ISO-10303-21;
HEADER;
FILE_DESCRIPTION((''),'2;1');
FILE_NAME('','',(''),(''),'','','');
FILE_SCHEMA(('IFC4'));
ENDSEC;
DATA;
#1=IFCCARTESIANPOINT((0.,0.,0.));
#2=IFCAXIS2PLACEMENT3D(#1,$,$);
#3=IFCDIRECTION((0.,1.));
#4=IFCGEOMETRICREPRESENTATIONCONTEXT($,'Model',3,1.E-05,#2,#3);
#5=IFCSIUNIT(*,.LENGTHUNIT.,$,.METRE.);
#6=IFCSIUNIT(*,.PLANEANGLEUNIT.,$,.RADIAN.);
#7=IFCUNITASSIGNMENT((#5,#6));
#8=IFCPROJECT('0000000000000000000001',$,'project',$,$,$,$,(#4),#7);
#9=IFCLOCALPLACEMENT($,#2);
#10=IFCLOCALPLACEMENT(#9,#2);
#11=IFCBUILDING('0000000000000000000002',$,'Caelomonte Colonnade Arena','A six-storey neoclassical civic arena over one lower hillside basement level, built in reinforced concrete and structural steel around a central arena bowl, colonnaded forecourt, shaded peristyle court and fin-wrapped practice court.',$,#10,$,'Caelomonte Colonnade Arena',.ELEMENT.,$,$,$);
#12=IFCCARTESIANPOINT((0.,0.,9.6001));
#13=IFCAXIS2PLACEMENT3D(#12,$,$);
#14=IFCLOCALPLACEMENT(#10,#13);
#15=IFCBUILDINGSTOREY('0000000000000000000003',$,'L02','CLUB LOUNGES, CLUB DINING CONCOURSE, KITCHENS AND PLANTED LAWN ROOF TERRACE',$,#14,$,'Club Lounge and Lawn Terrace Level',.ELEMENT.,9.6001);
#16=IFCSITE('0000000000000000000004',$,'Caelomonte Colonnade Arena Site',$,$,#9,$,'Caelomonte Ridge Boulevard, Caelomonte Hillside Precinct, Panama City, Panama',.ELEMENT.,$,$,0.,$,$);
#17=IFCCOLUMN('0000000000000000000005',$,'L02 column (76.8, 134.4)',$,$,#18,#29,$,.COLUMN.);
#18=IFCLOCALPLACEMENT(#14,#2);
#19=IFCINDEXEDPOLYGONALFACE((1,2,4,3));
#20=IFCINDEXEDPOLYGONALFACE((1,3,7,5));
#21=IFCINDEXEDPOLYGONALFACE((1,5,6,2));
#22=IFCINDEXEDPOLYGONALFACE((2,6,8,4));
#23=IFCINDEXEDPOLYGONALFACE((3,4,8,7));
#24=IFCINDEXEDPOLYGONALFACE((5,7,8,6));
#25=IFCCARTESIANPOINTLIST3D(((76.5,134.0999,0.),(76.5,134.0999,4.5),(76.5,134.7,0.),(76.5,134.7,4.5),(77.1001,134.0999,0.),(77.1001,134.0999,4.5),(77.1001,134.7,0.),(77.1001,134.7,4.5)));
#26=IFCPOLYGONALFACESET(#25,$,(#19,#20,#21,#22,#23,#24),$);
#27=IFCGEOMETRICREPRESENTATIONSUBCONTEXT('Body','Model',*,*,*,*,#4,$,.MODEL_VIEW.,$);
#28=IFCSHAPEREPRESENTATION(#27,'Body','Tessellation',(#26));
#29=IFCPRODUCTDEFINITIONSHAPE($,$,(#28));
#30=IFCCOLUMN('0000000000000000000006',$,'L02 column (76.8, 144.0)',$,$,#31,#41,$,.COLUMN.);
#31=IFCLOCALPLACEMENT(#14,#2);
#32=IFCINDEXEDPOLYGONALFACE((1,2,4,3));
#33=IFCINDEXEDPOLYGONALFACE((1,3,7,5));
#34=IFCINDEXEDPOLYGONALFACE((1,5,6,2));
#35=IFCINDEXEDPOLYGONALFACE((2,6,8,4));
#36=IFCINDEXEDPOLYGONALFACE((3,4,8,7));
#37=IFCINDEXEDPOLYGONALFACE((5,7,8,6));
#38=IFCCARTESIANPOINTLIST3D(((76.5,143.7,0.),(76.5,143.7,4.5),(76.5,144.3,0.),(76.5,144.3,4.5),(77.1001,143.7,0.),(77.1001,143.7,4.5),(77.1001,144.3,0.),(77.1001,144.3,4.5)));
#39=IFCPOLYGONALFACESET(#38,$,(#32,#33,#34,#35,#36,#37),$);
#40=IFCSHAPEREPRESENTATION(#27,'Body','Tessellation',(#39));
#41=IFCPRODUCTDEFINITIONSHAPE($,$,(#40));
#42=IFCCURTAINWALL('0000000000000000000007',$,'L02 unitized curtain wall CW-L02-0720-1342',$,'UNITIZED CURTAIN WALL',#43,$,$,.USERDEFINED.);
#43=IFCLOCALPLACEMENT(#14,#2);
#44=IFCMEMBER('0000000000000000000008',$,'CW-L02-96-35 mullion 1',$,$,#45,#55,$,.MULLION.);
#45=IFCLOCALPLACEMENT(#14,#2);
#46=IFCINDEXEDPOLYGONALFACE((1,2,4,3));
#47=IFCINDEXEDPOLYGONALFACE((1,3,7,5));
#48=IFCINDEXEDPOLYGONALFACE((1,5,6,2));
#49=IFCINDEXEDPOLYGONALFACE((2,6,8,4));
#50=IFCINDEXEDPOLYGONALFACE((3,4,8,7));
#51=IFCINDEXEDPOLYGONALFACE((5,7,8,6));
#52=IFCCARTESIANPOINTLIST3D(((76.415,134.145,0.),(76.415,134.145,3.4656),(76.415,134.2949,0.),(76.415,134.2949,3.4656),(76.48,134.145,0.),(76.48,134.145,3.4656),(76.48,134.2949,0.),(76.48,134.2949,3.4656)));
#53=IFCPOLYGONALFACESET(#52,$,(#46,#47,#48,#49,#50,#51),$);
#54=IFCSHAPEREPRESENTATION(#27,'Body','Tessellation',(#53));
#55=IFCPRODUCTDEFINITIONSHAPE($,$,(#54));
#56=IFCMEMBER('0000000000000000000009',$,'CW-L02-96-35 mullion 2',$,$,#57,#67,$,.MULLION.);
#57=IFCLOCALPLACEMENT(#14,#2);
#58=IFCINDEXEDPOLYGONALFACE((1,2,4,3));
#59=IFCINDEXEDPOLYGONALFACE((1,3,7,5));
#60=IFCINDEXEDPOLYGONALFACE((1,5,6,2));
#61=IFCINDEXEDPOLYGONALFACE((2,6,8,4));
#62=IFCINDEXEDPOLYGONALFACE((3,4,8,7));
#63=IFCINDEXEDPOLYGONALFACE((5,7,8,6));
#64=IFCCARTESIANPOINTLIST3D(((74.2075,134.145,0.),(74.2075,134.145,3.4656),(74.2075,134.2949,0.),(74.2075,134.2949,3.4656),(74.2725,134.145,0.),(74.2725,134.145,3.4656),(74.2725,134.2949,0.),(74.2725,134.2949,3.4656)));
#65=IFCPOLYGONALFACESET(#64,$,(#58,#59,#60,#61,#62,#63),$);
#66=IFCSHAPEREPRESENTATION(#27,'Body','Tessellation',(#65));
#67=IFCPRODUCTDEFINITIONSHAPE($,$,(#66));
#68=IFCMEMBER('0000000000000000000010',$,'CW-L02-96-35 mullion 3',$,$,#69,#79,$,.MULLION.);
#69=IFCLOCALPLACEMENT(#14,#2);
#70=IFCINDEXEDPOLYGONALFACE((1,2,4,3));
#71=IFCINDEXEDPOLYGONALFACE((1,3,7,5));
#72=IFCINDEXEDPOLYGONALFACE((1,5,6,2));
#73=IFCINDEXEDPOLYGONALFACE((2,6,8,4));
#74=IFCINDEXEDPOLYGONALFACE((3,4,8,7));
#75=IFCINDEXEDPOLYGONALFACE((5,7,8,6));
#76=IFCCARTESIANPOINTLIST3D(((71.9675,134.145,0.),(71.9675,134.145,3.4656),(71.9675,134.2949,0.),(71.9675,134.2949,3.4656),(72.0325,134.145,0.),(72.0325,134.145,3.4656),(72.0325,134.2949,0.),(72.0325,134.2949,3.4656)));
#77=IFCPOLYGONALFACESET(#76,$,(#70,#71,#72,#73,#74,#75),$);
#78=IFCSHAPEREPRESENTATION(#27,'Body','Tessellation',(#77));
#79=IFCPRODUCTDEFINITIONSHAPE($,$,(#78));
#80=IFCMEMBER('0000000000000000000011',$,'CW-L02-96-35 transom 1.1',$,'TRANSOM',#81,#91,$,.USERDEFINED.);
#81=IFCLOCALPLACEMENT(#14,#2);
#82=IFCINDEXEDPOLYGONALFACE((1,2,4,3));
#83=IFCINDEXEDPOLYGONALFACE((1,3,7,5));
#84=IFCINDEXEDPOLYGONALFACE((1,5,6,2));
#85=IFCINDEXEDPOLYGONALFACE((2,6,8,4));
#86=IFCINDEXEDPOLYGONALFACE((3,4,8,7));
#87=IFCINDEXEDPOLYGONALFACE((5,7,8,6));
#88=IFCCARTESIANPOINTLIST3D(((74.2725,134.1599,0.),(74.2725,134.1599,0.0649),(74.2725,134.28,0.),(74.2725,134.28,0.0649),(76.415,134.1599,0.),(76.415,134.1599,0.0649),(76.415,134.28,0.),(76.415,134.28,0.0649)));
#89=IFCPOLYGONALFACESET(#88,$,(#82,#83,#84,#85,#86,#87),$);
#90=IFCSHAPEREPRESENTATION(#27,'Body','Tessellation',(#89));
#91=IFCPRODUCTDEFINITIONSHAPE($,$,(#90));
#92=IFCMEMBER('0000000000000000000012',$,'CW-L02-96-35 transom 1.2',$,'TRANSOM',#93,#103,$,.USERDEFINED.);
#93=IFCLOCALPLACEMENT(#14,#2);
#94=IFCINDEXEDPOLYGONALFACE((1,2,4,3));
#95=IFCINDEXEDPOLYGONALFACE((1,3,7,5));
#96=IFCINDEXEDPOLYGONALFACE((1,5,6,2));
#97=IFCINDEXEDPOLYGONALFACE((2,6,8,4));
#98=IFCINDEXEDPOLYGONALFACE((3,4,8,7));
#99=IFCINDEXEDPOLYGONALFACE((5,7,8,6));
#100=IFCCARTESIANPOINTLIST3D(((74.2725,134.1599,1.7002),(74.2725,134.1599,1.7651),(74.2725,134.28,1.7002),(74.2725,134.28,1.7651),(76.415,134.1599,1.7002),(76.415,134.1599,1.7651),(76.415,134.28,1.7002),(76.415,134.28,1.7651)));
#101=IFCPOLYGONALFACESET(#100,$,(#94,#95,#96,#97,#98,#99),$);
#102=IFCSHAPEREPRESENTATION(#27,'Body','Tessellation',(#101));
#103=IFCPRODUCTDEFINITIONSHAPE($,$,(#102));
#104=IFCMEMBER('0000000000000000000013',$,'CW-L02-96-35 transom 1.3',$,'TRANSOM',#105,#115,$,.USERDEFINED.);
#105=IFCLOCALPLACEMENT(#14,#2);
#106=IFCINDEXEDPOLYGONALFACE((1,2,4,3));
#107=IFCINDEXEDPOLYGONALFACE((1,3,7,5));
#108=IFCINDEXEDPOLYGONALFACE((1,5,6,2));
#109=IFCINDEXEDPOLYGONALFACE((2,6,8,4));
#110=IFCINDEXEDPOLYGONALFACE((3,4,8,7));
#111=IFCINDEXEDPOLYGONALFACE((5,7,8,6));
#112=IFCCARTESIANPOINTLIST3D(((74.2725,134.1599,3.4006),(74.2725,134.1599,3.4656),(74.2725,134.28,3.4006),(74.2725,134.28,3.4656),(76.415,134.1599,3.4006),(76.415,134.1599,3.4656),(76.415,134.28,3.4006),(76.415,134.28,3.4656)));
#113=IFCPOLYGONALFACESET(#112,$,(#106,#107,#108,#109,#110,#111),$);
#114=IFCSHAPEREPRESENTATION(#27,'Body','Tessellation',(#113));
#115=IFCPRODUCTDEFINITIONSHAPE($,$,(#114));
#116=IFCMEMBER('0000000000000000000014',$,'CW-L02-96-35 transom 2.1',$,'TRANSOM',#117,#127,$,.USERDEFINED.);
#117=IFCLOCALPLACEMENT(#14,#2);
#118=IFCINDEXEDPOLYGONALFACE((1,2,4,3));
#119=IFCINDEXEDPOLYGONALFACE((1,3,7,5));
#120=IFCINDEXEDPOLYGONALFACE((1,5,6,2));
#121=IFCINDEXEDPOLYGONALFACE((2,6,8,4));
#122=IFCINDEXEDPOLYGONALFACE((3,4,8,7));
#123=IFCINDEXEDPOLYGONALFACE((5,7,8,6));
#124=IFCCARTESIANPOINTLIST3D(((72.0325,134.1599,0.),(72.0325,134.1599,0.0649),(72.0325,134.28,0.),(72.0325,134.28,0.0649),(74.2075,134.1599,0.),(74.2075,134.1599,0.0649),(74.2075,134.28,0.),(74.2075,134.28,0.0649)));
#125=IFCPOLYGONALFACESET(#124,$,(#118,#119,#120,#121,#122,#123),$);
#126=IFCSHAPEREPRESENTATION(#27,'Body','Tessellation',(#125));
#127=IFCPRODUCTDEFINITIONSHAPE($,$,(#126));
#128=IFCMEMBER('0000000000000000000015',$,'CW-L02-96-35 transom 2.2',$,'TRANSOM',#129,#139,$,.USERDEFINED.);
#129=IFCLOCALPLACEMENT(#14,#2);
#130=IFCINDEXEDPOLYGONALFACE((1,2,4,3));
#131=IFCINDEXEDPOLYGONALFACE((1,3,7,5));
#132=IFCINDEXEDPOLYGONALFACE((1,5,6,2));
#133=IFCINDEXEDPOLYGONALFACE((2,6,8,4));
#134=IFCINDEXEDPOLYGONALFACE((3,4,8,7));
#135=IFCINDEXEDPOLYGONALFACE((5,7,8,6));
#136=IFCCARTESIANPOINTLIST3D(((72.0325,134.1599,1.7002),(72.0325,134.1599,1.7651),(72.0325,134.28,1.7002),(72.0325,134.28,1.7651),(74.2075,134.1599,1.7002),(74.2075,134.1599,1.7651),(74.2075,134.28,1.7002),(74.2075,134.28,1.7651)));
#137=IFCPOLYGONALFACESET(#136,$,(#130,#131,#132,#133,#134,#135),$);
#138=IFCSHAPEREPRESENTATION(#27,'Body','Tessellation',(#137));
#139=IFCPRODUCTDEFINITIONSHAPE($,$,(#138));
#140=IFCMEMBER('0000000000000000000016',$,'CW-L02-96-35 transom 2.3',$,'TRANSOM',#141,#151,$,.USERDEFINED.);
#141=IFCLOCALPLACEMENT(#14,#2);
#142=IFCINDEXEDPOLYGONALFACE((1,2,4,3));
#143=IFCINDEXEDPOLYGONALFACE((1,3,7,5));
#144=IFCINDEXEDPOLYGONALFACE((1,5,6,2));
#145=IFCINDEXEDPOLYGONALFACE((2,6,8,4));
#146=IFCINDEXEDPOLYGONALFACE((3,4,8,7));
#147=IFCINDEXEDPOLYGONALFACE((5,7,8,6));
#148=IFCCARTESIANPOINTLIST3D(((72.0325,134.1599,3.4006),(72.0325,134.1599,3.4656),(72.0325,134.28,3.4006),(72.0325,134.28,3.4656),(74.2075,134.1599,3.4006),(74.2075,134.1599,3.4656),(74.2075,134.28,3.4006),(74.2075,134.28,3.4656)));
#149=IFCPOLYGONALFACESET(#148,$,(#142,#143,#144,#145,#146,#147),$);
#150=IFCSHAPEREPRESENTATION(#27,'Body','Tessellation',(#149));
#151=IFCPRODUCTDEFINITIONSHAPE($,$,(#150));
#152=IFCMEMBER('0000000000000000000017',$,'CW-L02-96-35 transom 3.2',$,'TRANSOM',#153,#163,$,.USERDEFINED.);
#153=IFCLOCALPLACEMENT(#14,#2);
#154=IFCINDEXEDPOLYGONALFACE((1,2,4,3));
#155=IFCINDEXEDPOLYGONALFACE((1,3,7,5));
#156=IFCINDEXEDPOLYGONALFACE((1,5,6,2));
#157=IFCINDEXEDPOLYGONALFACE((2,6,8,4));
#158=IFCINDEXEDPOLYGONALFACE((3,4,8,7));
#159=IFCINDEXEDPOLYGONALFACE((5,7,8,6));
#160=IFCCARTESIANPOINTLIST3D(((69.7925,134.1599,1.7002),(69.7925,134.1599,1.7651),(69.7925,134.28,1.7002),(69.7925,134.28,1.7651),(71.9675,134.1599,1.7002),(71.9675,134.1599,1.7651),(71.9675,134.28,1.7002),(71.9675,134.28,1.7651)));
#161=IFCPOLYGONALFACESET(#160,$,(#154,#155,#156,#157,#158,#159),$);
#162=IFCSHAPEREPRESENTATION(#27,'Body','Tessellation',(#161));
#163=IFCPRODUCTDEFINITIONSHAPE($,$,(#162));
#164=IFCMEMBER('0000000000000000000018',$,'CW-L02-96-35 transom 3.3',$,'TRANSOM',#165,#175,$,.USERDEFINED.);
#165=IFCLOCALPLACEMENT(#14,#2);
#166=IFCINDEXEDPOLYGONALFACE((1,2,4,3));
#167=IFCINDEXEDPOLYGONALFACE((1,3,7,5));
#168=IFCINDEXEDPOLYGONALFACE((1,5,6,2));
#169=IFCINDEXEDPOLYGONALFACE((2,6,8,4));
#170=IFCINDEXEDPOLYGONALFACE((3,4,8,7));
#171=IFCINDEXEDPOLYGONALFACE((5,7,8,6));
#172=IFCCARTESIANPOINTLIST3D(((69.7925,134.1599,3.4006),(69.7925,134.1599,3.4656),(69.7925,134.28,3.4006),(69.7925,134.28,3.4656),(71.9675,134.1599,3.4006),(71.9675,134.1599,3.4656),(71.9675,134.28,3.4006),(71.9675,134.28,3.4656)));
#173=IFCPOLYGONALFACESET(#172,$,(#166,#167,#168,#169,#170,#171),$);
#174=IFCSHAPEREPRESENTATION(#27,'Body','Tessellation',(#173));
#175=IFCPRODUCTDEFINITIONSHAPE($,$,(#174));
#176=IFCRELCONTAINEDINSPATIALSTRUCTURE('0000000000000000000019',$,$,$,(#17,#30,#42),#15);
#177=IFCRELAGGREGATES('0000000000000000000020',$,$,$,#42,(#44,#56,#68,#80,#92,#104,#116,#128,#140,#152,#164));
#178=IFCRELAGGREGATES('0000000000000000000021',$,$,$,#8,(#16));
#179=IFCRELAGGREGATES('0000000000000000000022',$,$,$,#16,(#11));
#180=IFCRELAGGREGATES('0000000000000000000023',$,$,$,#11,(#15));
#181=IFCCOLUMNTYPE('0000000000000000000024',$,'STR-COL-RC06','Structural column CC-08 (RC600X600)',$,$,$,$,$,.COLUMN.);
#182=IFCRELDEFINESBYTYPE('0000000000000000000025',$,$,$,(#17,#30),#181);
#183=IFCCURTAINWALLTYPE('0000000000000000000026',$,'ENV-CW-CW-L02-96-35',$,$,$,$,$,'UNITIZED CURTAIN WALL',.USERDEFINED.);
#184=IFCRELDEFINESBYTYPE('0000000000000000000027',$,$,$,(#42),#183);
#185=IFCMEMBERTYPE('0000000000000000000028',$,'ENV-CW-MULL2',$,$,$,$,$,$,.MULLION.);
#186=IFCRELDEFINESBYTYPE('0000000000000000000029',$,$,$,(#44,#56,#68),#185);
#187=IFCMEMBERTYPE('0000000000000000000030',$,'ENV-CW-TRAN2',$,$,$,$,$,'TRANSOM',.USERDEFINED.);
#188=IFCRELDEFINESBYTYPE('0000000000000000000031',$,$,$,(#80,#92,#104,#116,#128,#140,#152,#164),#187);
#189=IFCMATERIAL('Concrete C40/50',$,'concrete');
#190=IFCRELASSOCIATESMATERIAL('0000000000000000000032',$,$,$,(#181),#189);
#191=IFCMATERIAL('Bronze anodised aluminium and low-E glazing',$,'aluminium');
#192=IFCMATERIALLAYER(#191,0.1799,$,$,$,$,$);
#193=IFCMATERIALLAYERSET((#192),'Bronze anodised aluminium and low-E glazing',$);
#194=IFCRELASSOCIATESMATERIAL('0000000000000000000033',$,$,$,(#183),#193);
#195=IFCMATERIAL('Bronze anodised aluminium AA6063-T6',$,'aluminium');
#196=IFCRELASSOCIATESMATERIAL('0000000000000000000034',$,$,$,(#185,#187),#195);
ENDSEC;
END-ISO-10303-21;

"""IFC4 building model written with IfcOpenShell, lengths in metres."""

from ifc_helpers import new_model, si_unit, direction, frame, origin, origin_2d, place, context, subcontext, project, spatial, rectangle, extrude, material, layer, layer_set, material_profile, profile_set, type_object, element, aggregate, save


model = new_model("IFC4")

# Units and contexts
model_context = context("Model", 3, precision=1e-05, world=origin(), true_north=direction((0.0, 1.0)))
body_context = subcontext(model_context, "Body", "Model", "MODEL_VIEW")
ifc_project = project(units=[si_unit("LENGTHUNIT", "METRE"), si_unit("PLANEANGLEUNIT", "RADIAN")], contexts=[model_context])

# Site, building, storey
site_placement = place(None, origin())
site = spatial("IfcSite", under=ifc_project, at=site_placement, Name="Caelomonte Colonnade Arena Site", LongName="Caelomonte Ridge Boulevard, Caelomonte Hillside Precinct, Panama City, Panama", CompositionType="ELEMENT", RefElevation=0.0)
building_placement = place(site_placement, origin())
building = spatial("IfcBuilding", under=site, at=building_placement, Name="Caelomonte Colonnade Arena", Description="A six-storey neoclassical civic arena over one lower hillside basement level, built in reinforced concrete and structural steel around a central arena bowl, colonnaded forecourt, shaded peristyle court and fin-wrapped practice court.", LongName="Caelomonte Colonnade Arena", CompositionType="ELEMENT")
storey_placement = place(building_placement, frame((0.0, 0.0, 9.6001)))
storey = spatial("IfcBuildingStorey", under=building, at=storey_placement, Name="L02", Description="CLUB LOUNGES, CLUB DINING CONCOURSE, KITCHENS AND PLANTED LAWN ROOF TERRACE", LongName="Club Lounge and Lawn Terrace Level", CompositionType="ELEMENT", Elevation=9.6001)

# Columns
ifc_material_1 = material(Name="Concrete C40/50", Category="concrete")
ifc_material_profile_1 = material_profile(ifc_material_1, rectangle(XDim=0.6001, YDim=0.6001, at=origin_2d()), Name="RC600X600")
ifc_profile_set_1 = profile_set([ifc_material_profile_1], Name="Concrete C40/50")
column_type = type_object("IfcColumnType", Name="STR-COL-RC06", Description="Structural column CC-08 (RC600X600)", PredefinedType="COLUMN", material=ifc_profile_set_1)
for number, where, z_axis, x_axis, name in (
    (1, (76.8, 134.3999, 0.0), (0.0, 0.0, 1.0), (1.0, 0.0, 0.0), "L02 column (76.8, 134.4)"),
    (2, (76.8, 144.0, 0.0), (0.0, 0.0, 1.0), (1.0, 0.0, 0.0), "L02 column (76.8, 144.0)"),
):
    element("IfcColumn", number, at=place(storey_placement, frame(where, z_axis=z_axis, x_axis=x_axis)), inside=storey, type_object=column_type, Name=name, PredefinedType="COLUMN", context=body_context, shape_type="SweptSolid", body=[
        extrude(rectangle(XDim=0.6001, YDim=0.6001, at=origin_2d()), origin(), (0.0, 0.0, 1.0), 4.5),
    ])

# Curtain wall, members
ifc_material_2 = material(Name="Bronze anodised aluminium and low-E glazing", Category="aluminium")
ifc_layer_1 = layer(ifc_material_2, 0.1799)
ifc_layer_set_1 = layer_set([ifc_layer_1], Name="Bronze anodised aluminium and low-E glazing")
curtain_wall_type = type_object("IfcCurtainWallType", Name="ENV-CW-CW-L02-96-35", ElementType="UNITIZED CURTAIN WALL", PredefinedType="USERDEFINED", material=ifc_layer_set_1)
curtain_wall_placement = place(storey_placement, origin())
curtain_wall = element("IfcCurtainWall", 3, at=curtain_wall_placement, inside=storey, type_object=curtain_wall_type, Name="L02 unitized curtain wall CW-L02-0720-1342", ObjectType="UNITIZED CURTAIN WALL", PredefinedType="USERDEFINED")
ifc_material_3 = material(Name="Bronze anodised aluminium AA6063-T6", Category="aluminium")
ifc_material_profile_2 = material_profile(ifc_material_3, rectangle(XDim=0.0649, YDim=0.1499, at=origin_2d()), Name="CWM-65X150")
ifc_profile_set_2 = profile_set([ifc_material_profile_2], Name="Bronze anodised aluminium AA6063-T6")
member_type_1 = type_object("IfcMemberType", Name="ENV-CW-MULL2", PredefinedType="MULLION", material=ifc_profile_set_2)
member_1_placement = place(storey_placement, frame((76.4475, 134.22, 0.0), z_axis=(0.0, 0.0, 1.0), x_axis=(-1.0, 0.0, 0.0)))
member_1 = element("IfcMember", 4, at=member_1_placement, type_object=member_type_1, Name="CW-L02-96-35 mullion 1", PredefinedType="MULLION", context=body_context, shape_type="SweptSolid", body=[
    extrude(rectangle(XDim=0.0649, YDim=0.1499, at=origin_2d()), origin(), (0.0, 0.0, 1.0), 3.4656),
])
member_2_placement = place(storey_placement, frame((74.24, 134.22, 0.0), z_axis=(0.0, 0.0, 1.0), x_axis=(-1.0, 0.0, 0.0)))
member_2 = element("IfcMember", 5, at=member_2_placement, type_object=member_type_1, Name="CW-L02-96-35 mullion 2", PredefinedType="MULLION", context=body_context, shape_type="SweptSolid", body=[
    extrude(rectangle(XDim=0.0649, YDim=0.1499, at=origin_2d()), origin(), (0.0, 0.0, 1.0), 3.4656),
])
member_3_placement = place(storey_placement, frame((72.0, 134.22, 0.0), z_axis=(0.0, 0.0, 1.0), x_axis=(-1.0, 0.0, 0.0)))
member_3 = element("IfcMember", 6, at=member_3_placement, type_object=member_type_1, Name="CW-L02-96-35 mullion 3", PredefinedType="MULLION", context=body_context, shape_type="SweptSolid", body=[
    extrude(rectangle(XDim=0.0649, YDim=0.1499, at=origin_2d()), origin(), (0.0, 0.0, 1.0), 3.4656),
])
ifc_material_profile_3 = material_profile(ifc_material_3, rectangle(XDim=0.0649, YDim=0.1201, at=origin_2d()), Name="CWT-65X120")
ifc_profile_set_3 = profile_set([ifc_material_profile_3], Name="Bronze anodised aluminium AA6063-T6")
member_type_2 = type_object("IfcMemberType", Name="ENV-CW-TRAN2", ElementType="TRANSOM", PredefinedType="USERDEFINED", material=ifc_profile_set_3)
member_4_placement = place(storey_placement, frame((76.415, 134.22, 0.0325), z_axis=(-1.0, 0.0, 0.0), x_axis=(0.0, 0.0, 1.0)))
member_4 = element("IfcMember", 7, at=member_4_placement, type_object=member_type_2, Name="CW-L02-96-35 transom 1.1", ObjectType="TRANSOM", PredefinedType="USERDEFINED", context=body_context, shape_type="SweptSolid", body=[
    extrude(rectangle(XDim=0.0649, YDim=0.1201, at=origin_2d()), origin(), (0.0, 0.0, 1.0), 2.1426),
])
member_5_placement = place(storey_placement, frame((76.415, 134.22, 1.7327), z_axis=(-1.0, 0.0, 0.0), x_axis=(0.0, 0.0, 1.0)))
member_5 = element("IfcMember", 8, at=member_5_placement, type_object=member_type_2, Name="CW-L02-96-35 transom 1.2", ObjectType="TRANSOM", PredefinedType="USERDEFINED", context=body_context, shape_type="SweptSolid", body=[
    extrude(rectangle(XDim=0.0649, YDim=0.1201, at=origin_2d()), origin(), (0.0, 0.0, 1.0), 2.1426),
])
member_6_placement = place(storey_placement, frame((76.415, 134.22, 3.4331), z_axis=(-1.0, 0.0, 0.0), x_axis=(0.0, 0.0, 1.0)))
member_6 = element("IfcMember", 9, at=member_6_placement, type_object=member_type_2, Name="CW-L02-96-35 transom 1.3", ObjectType="TRANSOM", PredefinedType="USERDEFINED", context=body_context, shape_type="SweptSolid", body=[
    extrude(rectangle(XDim=0.0649, YDim=0.1201, at=origin_2d()), origin(), (0.0, 0.0, 1.0), 2.1426),
])
member_7_placement = place(storey_placement, frame((74.2075, 134.22, 0.0325), z_axis=(-1.0, 0.0, 0.0), x_axis=(0.0, 0.0, 1.0)))
member_7 = element("IfcMember", 10, at=member_7_placement, type_object=member_type_2, Name="CW-L02-96-35 transom 2.1", ObjectType="TRANSOM", PredefinedType="USERDEFINED", context=body_context, shape_type="SweptSolid", body=[
    extrude(rectangle(XDim=0.0649, YDim=0.1201, at=origin_2d()), origin(), (0.0, 0.0, 1.0), 2.175),
])
member_8_placement = place(storey_placement, frame((74.2075, 134.22, 1.7327), z_axis=(-1.0, 0.0, 0.0), x_axis=(0.0, 0.0, 1.0)))
member_8 = element("IfcMember", 11, at=member_8_placement, type_object=member_type_2, Name="CW-L02-96-35 transom 2.2", ObjectType="TRANSOM", PredefinedType="USERDEFINED", context=body_context, shape_type="SweptSolid", body=[
    extrude(rectangle(XDim=0.0649, YDim=0.1201, at=origin_2d()), origin(), (0.0, 0.0, 1.0), 2.175),
])
member_9_placement = place(storey_placement, frame((74.2075, 134.22, 3.4331), z_axis=(-1.0, 0.0, 0.0), x_axis=(0.0, 0.0, 1.0)))
member_9 = element("IfcMember", 12, at=member_9_placement, type_object=member_type_2, Name="CW-L02-96-35 transom 2.3", ObjectType="TRANSOM", PredefinedType="USERDEFINED", context=body_context, shape_type="SweptSolid", body=[
    extrude(rectangle(XDim=0.0649, YDim=0.1201, at=origin_2d()), origin(), (0.0, 0.0, 1.0), 2.175),
])
member_10_placement = place(storey_placement, frame((71.9675, 134.22, 1.7327), z_axis=(-1.0, 0.0, 0.0), x_axis=(0.0, 0.0, 1.0)))
member_10 = element("IfcMember", 13, at=member_10_placement, type_object=member_type_2, Name="CW-L02-96-35 transom 3.2", ObjectType="TRANSOM", PredefinedType="USERDEFINED", context=body_context, shape_type="SweptSolid", body=[
    extrude(rectangle(XDim=0.0649, YDim=0.1201, at=origin_2d()), origin(), (0.0, 0.0, 1.0), 2.175),
])
member_11_placement = place(storey_placement, frame((71.9675, 134.22, 3.4331), z_axis=(-1.0, 0.0, 0.0), x_axis=(0.0, 0.0, 1.0)))
member_11 = element("IfcMember", 14, at=member_11_placement, type_object=member_type_2, Name="CW-L02-96-35 transom 3.3", ObjectType="TRANSOM", PredefinedType="USERDEFINED", context=body_context, shape_type="SweptSolid", body=[
    extrude(rectangle(XDim=0.0649, YDim=0.1201, at=origin_2d()), origin(), (0.0, 0.0, 1.0), 2.175),
])

aggregate(curtain_wall, [member_1, member_2, member_3, member_4, member_5, member_6, member_7, member_8, member_9, member_10, member_11])

save(model, "model.ifc")
